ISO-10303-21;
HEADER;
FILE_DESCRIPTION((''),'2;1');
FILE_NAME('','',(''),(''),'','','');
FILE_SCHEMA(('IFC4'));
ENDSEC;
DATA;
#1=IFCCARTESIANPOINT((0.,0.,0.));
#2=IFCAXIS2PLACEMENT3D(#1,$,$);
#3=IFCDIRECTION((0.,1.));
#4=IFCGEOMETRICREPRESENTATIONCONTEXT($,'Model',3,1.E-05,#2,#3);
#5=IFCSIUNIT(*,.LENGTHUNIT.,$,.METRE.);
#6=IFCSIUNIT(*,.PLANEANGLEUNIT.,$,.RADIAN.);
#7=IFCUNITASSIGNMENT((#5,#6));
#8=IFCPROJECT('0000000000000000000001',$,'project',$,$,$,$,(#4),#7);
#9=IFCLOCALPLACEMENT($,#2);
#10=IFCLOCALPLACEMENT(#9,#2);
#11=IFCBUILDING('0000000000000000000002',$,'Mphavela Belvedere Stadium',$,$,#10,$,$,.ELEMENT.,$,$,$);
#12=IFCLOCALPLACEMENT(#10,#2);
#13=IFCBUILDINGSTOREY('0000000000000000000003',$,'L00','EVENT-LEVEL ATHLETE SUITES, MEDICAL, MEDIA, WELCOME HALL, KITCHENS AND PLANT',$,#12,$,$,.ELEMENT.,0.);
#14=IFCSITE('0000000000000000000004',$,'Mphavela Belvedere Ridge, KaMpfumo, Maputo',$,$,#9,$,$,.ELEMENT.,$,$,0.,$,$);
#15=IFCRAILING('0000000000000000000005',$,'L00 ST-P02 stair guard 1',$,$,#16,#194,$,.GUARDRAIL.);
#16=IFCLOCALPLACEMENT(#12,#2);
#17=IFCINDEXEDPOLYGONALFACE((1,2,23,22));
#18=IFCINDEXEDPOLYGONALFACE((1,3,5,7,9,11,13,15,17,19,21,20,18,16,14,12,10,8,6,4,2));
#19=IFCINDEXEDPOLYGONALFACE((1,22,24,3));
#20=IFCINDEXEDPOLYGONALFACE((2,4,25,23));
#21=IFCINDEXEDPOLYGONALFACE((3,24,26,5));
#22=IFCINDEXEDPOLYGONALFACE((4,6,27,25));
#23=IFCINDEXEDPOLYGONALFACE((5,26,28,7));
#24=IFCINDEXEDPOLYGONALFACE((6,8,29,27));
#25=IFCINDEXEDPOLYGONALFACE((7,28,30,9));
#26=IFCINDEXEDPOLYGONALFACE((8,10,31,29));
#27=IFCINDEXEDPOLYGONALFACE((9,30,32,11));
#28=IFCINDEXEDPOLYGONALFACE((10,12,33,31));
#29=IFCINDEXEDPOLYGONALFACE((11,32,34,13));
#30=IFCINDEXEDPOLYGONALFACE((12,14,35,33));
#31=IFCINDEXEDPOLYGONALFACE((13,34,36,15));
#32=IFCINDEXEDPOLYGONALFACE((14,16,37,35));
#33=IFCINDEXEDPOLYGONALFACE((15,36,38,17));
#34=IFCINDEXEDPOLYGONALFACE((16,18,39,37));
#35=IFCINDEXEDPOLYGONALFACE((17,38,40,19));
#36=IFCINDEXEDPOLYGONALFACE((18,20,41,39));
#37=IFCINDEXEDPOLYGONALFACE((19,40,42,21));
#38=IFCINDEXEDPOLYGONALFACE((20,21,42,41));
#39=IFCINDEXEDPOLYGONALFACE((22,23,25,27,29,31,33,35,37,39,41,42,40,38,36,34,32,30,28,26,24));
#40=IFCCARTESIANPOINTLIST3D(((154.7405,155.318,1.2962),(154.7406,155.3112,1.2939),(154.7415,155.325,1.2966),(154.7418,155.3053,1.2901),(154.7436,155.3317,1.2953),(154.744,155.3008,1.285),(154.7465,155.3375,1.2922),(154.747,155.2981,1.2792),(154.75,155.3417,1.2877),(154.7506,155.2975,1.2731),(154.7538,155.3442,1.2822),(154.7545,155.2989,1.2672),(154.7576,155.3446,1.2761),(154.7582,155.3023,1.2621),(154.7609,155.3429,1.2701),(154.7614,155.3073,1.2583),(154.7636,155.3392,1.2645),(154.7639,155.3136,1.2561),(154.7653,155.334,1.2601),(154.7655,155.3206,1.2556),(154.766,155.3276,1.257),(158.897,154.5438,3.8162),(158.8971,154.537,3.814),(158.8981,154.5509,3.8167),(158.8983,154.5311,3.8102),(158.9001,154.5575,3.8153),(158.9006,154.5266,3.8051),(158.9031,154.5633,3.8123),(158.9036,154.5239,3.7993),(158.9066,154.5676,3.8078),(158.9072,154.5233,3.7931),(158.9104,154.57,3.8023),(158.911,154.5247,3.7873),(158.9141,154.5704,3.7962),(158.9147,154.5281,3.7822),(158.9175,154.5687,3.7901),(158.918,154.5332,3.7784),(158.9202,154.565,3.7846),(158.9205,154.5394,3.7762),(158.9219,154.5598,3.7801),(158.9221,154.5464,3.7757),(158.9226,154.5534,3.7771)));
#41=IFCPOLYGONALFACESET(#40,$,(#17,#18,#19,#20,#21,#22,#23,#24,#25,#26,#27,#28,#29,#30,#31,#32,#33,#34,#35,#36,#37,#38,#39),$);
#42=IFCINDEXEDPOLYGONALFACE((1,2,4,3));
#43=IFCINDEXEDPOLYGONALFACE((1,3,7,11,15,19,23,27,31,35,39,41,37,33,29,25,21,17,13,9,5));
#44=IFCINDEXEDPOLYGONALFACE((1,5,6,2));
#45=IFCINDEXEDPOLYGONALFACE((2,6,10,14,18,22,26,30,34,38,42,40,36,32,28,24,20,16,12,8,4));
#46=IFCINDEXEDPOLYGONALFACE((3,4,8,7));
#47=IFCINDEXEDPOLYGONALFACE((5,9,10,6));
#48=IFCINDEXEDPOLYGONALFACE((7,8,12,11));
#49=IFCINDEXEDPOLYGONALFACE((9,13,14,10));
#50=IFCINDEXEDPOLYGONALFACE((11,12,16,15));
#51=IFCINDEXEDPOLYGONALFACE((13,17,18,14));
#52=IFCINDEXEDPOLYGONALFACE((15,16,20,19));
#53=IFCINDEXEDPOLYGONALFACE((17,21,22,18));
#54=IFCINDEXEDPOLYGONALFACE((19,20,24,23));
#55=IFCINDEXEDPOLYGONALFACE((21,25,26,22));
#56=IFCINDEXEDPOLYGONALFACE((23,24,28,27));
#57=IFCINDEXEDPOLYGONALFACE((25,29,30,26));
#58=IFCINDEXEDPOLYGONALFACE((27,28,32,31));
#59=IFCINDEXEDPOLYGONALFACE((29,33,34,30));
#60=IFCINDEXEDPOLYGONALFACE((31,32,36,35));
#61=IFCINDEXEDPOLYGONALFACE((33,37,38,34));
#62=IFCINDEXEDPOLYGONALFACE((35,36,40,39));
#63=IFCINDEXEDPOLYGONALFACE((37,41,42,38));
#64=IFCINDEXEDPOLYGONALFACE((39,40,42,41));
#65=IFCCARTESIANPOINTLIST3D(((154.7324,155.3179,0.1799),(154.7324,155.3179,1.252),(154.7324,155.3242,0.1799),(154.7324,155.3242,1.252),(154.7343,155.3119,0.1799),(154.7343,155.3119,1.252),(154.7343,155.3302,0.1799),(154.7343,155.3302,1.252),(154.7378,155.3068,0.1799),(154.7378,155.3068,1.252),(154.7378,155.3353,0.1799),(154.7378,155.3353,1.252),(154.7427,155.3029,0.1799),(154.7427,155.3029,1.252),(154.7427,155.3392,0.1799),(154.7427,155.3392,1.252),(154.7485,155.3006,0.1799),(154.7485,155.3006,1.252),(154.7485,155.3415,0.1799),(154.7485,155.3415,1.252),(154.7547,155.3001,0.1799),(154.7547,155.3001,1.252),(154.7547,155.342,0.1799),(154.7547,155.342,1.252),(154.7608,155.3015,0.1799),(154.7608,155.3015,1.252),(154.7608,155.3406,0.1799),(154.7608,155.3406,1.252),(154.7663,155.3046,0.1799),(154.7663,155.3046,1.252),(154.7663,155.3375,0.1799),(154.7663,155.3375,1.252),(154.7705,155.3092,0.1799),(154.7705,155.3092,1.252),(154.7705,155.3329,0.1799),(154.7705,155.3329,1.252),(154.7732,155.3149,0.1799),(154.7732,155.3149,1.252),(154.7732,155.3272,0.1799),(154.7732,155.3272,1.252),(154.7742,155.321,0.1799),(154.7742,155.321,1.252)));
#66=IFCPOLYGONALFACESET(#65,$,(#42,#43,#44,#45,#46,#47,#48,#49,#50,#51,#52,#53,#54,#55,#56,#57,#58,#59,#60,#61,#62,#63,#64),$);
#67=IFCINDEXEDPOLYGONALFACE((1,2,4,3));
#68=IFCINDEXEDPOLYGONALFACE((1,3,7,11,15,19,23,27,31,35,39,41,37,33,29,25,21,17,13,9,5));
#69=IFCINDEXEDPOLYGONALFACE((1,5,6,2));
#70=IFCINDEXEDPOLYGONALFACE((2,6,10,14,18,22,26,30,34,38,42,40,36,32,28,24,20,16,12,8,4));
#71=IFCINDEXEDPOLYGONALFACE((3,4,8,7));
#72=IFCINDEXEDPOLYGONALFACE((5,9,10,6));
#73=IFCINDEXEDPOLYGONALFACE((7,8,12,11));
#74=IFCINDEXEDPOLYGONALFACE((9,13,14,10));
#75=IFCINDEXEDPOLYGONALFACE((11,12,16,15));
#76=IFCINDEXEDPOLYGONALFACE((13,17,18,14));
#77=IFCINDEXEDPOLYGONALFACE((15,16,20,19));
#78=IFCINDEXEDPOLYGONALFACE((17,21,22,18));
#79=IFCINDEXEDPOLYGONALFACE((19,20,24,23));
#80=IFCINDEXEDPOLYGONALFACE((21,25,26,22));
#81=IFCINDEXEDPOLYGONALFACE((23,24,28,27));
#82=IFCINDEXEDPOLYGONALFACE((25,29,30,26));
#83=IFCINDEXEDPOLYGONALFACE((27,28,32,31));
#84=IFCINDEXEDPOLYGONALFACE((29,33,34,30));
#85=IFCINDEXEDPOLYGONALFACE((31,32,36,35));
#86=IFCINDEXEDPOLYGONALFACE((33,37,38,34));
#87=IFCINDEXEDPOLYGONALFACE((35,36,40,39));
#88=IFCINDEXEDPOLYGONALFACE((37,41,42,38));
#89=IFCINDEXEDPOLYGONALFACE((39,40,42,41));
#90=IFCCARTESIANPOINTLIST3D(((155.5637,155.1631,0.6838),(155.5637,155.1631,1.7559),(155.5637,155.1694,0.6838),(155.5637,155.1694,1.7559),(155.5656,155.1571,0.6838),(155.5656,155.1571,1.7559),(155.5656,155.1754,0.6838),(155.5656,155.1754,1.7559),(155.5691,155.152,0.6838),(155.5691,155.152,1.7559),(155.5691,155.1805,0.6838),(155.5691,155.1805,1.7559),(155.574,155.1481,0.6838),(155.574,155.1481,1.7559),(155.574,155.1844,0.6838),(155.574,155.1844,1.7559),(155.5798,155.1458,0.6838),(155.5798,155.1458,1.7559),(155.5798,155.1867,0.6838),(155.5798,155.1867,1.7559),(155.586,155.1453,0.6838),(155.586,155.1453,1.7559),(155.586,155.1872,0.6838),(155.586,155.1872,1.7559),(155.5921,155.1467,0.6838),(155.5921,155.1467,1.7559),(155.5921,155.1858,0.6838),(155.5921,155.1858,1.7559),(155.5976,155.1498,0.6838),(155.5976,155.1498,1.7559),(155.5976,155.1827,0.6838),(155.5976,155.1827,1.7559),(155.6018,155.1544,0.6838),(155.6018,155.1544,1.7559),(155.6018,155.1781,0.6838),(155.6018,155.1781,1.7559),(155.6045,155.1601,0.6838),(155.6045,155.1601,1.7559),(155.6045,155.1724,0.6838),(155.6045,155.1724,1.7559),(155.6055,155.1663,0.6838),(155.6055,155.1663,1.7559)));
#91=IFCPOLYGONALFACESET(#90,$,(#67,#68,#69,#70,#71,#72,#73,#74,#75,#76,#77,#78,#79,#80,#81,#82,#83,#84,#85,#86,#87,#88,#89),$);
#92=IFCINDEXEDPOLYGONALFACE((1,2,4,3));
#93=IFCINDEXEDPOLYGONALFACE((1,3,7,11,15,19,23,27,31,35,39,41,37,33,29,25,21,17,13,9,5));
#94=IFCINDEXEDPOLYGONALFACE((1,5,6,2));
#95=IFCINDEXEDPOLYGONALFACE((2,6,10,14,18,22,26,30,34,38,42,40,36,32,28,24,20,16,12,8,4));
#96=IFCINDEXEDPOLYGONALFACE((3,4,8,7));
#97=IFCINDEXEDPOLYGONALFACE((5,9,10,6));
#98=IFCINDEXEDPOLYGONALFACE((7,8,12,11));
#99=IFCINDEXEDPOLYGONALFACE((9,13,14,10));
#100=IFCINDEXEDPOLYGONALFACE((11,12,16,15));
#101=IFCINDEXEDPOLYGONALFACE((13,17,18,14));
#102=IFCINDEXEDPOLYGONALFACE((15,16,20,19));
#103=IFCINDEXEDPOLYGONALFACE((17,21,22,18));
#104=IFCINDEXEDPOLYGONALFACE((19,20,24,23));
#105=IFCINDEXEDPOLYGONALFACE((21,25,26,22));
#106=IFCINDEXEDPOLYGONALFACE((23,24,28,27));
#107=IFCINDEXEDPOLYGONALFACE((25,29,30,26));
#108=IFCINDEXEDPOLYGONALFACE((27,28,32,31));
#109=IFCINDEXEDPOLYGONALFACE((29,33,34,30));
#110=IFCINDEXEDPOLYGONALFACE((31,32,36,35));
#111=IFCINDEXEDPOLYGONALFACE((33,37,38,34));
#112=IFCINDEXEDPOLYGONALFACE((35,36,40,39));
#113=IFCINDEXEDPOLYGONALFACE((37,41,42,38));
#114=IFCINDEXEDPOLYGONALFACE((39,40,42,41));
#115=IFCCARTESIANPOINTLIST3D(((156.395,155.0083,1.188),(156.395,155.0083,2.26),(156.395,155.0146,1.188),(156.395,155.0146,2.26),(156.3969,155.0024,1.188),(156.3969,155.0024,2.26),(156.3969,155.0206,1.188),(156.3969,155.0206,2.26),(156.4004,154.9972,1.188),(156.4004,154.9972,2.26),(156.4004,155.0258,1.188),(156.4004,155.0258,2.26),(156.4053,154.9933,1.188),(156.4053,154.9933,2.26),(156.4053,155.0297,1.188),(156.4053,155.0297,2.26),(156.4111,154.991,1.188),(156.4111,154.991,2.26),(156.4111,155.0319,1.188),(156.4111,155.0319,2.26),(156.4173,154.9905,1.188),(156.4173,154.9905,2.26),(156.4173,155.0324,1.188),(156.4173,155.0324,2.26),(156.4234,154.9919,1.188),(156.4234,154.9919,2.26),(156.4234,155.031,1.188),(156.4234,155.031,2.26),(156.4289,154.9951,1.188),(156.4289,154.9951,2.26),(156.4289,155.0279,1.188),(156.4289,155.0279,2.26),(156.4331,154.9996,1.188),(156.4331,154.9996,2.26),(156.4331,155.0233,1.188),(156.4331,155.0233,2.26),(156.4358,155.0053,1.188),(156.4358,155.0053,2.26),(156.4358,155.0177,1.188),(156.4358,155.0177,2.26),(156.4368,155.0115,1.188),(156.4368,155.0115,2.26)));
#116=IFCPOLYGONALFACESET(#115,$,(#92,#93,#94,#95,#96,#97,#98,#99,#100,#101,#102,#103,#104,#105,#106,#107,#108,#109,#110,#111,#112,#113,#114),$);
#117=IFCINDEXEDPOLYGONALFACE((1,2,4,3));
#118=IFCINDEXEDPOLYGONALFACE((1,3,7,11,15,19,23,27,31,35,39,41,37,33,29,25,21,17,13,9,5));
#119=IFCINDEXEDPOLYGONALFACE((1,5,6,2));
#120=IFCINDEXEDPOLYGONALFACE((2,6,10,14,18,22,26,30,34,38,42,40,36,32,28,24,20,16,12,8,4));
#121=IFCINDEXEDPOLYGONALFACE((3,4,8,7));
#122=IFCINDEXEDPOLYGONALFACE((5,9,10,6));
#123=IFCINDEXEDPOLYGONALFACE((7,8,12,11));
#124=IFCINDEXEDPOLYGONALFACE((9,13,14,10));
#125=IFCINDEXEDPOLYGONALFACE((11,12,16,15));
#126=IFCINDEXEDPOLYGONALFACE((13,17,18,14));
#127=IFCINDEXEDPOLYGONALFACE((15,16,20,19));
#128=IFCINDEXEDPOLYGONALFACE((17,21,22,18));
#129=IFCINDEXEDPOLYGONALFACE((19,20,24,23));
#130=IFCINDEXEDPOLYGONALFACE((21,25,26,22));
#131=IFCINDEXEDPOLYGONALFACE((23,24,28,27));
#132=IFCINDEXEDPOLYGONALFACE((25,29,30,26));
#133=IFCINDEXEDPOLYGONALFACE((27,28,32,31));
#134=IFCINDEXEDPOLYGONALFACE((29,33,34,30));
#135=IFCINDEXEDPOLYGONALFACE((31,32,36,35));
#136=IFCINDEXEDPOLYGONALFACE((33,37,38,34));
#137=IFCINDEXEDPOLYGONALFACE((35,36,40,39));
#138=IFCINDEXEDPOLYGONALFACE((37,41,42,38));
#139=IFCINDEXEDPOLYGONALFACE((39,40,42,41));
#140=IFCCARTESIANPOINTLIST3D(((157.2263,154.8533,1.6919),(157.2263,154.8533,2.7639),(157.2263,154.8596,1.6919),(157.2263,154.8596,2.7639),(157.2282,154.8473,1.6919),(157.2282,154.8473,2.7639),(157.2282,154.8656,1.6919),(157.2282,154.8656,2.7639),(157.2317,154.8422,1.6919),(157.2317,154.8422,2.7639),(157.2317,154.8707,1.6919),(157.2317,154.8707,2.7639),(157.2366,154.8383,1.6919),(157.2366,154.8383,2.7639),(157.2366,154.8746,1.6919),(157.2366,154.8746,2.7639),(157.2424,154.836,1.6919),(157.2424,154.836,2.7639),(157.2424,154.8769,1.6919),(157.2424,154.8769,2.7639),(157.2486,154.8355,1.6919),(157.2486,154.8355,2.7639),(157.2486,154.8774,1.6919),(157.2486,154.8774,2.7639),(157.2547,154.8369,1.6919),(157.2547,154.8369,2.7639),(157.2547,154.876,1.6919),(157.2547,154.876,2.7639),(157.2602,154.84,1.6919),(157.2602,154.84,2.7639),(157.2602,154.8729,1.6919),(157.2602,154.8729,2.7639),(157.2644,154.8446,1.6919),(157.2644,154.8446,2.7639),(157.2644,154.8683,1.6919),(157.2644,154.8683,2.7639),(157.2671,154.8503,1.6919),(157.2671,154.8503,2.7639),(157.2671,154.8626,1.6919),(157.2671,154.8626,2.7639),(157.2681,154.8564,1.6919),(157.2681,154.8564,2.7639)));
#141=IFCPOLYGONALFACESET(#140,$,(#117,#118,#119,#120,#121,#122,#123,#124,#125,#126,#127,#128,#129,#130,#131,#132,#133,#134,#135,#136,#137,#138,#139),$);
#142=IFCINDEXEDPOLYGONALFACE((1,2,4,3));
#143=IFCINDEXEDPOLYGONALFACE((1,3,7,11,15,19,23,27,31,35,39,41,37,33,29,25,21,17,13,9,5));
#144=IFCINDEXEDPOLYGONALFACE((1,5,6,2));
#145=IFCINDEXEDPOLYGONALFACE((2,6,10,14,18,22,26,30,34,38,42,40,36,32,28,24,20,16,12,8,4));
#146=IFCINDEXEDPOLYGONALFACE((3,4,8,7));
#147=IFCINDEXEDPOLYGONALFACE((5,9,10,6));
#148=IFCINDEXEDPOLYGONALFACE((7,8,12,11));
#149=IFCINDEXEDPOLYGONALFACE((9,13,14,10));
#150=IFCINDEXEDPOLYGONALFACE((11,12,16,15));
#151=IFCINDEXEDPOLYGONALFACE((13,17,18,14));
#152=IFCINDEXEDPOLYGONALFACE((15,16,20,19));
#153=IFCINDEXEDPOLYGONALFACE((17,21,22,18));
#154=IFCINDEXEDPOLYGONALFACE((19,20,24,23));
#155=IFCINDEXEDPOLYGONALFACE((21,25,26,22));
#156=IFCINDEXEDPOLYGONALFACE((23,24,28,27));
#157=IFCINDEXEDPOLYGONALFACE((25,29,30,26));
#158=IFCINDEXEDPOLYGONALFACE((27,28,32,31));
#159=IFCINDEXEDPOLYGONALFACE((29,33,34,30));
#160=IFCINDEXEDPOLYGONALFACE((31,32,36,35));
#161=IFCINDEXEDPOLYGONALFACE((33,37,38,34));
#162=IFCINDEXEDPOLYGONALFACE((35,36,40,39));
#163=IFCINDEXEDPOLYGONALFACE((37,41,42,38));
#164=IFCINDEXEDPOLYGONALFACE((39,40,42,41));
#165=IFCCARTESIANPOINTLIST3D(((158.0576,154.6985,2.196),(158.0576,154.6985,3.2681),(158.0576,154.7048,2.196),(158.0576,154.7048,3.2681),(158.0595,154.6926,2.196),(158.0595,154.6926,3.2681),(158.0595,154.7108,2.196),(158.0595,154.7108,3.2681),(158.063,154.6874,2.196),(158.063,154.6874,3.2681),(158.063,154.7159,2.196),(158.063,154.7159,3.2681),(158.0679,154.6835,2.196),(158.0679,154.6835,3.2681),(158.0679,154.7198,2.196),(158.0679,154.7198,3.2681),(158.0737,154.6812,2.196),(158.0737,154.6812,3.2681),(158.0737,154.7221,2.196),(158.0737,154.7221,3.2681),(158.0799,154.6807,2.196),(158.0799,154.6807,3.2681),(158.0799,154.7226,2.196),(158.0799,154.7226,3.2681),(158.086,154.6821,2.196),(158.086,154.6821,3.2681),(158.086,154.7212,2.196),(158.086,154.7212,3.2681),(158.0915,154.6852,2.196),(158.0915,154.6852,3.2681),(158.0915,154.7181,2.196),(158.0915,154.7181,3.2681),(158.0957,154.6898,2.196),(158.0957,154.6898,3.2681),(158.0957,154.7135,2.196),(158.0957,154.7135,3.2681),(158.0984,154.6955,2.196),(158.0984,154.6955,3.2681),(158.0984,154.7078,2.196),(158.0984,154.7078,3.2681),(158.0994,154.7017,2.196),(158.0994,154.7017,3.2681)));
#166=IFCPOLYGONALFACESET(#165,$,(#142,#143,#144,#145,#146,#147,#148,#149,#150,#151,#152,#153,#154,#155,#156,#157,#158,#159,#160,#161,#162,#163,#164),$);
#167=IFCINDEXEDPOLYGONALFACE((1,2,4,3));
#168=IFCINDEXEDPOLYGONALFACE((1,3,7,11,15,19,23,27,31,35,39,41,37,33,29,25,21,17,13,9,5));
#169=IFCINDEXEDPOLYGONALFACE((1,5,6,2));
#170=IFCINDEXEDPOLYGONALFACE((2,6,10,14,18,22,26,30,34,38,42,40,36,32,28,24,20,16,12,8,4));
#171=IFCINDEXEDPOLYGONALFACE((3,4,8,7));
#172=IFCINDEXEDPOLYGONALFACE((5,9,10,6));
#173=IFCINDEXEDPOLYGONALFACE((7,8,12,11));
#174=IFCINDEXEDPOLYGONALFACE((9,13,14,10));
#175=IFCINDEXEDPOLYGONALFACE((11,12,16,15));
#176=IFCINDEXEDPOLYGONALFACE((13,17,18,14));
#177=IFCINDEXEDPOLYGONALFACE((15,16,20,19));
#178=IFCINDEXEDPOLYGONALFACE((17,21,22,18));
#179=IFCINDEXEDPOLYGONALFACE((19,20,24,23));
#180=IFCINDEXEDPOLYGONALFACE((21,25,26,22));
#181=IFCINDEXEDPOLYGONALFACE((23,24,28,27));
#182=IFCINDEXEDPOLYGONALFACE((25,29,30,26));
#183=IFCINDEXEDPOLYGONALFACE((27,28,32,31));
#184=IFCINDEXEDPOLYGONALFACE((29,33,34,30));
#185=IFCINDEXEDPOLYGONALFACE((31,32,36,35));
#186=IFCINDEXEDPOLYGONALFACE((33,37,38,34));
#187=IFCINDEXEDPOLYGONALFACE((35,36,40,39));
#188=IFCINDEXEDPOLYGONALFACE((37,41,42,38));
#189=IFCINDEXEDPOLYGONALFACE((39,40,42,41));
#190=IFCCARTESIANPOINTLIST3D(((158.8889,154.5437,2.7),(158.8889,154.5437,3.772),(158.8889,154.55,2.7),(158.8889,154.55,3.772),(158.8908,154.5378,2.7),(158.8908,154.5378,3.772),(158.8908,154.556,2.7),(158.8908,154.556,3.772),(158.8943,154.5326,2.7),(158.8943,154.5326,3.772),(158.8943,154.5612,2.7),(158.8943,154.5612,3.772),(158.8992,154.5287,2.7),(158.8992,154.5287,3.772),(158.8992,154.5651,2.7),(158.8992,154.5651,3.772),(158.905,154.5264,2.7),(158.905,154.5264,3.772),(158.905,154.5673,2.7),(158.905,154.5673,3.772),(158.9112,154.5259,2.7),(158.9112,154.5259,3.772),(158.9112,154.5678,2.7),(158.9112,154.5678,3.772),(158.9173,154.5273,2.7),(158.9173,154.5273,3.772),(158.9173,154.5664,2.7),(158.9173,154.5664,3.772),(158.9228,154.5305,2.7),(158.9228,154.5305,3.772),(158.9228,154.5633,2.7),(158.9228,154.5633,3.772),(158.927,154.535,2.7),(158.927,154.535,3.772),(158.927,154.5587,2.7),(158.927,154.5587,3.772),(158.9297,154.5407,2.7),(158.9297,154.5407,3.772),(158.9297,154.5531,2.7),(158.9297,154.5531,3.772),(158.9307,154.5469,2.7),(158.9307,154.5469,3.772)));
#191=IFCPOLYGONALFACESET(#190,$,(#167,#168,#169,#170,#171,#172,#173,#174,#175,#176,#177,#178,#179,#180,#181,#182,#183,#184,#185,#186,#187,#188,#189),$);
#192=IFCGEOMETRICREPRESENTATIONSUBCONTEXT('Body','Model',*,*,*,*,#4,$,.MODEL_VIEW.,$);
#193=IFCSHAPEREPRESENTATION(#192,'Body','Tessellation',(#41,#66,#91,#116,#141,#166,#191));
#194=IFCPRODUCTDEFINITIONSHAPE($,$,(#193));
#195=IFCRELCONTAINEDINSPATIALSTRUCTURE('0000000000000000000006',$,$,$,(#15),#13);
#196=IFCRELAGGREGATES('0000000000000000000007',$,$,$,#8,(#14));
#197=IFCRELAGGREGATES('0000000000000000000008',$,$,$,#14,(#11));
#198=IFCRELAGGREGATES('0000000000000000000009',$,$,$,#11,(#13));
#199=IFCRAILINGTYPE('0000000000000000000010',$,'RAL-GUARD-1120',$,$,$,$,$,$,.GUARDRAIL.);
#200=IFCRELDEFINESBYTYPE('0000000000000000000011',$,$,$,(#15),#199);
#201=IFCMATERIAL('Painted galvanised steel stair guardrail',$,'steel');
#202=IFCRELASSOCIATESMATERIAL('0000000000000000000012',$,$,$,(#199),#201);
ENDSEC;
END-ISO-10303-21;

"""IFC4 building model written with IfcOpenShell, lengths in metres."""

from ifc_helpers import new_model, si_unit, direction, frame, origin, origin_2d, place, context, subcontext, project, spatial, circle, extrude, material, type_object, element, save


model = new_model("IFC4")

# Units and contexts
model_context = context("Model", 3, precision=1e-05, world=origin(), true_north=direction((0.0, 1.0)))
body_context = subcontext(model_context, "Body", "Model", "MODEL_VIEW")
ifc_project = project(units=[si_unit("LENGTHUNIT", "METRE"), si_unit("PLANEANGLEUNIT", "RADIAN")], contexts=[model_context])

# Site, building, storey
site_placement = place(None, origin())
site = spatial("IfcSite", under=ifc_project, at=site_placement, Name="Mphavela Belvedere Ridge, KaMpfumo, Maputo", CompositionType="ELEMENT", RefElevation=0.0)
building_placement = place(site_placement, origin())
building = spatial("IfcBuilding", under=site, at=building_placement, Name="Mphavela Belvedere Stadium", CompositionType="ELEMENT")
storey_placement = place(building_placement, origin())
storey = spatial("IfcBuildingStorey", under=building, at=storey_placement, Name="L00", Description="EVENT-LEVEL ATHLETE SUITES, MEDICAL, MEDIA, WELCOME HALL, KITCHENS AND PLANT", CompositionType="ELEMENT", Elevation=0.0)

# Railing
ifc_material_1 = material(Name="Painted galvanised steel stair guardrail", Category="steel")
railing_type_1 = type_object("IfcRailingType", Name="RAL-GUARD-1120", PredefinedType="GUARDRAIL", material=ifc_material_1)
railing_1_placement = place(storey_placement, frame((154.7532, 155.321, 0.1799)))
element("IfcRailing", 1, at=railing_1_placement, inside=storey, type_object=railing_type_1, Name="L00 ST-P02 stair guard 1", PredefinedType="GUARDRAIL", context=body_context, shape_type="SweptSolid", body=[
    extrude(circle(Radius=0.0239, at=origin_2d()), frame((0.0, 0.0, 1.0962), z_axis=(0.844469, -0.157287, 0.511989), x_axis=(0.183107, 0.983093, 0.0)), (0.0, 0.0, 1.0), 4.9221),
    extrude(circle(Radius=0.021, at=origin_2d()), origin(), (0.0, 0.0, 1.0), 1.072),
    extrude(circle(Radius=0.021, at=origin_2d()), frame((0.8313, -0.1548, 0.5039)), (0.0, 0.0, 1.0), 1.072),
    extrude(circle(Radius=0.021, at=origin_2d()), frame((1.6626, -0.3096, 1.0081)), (0.0, 0.0, 1.0), 1.072),
    extrude(circle(Radius=0.021, at=origin_2d()), frame((2.4939, -0.4646, 1.512)), (0.0, 0.0, 1.0), 1.072),
    extrude(circle(Radius=0.021, at=origin_2d()), frame((3.3252, -0.6194, 2.0161)), (0.0, 0.0, 1.0), 1.072),
    extrude(circle(Radius=0.021, at=origin_2d()), frame((4.1565, -0.7742, 2.52)), (0.0, 0.0, 1.0), 1.072),
])

save(model, "model.ifc")
